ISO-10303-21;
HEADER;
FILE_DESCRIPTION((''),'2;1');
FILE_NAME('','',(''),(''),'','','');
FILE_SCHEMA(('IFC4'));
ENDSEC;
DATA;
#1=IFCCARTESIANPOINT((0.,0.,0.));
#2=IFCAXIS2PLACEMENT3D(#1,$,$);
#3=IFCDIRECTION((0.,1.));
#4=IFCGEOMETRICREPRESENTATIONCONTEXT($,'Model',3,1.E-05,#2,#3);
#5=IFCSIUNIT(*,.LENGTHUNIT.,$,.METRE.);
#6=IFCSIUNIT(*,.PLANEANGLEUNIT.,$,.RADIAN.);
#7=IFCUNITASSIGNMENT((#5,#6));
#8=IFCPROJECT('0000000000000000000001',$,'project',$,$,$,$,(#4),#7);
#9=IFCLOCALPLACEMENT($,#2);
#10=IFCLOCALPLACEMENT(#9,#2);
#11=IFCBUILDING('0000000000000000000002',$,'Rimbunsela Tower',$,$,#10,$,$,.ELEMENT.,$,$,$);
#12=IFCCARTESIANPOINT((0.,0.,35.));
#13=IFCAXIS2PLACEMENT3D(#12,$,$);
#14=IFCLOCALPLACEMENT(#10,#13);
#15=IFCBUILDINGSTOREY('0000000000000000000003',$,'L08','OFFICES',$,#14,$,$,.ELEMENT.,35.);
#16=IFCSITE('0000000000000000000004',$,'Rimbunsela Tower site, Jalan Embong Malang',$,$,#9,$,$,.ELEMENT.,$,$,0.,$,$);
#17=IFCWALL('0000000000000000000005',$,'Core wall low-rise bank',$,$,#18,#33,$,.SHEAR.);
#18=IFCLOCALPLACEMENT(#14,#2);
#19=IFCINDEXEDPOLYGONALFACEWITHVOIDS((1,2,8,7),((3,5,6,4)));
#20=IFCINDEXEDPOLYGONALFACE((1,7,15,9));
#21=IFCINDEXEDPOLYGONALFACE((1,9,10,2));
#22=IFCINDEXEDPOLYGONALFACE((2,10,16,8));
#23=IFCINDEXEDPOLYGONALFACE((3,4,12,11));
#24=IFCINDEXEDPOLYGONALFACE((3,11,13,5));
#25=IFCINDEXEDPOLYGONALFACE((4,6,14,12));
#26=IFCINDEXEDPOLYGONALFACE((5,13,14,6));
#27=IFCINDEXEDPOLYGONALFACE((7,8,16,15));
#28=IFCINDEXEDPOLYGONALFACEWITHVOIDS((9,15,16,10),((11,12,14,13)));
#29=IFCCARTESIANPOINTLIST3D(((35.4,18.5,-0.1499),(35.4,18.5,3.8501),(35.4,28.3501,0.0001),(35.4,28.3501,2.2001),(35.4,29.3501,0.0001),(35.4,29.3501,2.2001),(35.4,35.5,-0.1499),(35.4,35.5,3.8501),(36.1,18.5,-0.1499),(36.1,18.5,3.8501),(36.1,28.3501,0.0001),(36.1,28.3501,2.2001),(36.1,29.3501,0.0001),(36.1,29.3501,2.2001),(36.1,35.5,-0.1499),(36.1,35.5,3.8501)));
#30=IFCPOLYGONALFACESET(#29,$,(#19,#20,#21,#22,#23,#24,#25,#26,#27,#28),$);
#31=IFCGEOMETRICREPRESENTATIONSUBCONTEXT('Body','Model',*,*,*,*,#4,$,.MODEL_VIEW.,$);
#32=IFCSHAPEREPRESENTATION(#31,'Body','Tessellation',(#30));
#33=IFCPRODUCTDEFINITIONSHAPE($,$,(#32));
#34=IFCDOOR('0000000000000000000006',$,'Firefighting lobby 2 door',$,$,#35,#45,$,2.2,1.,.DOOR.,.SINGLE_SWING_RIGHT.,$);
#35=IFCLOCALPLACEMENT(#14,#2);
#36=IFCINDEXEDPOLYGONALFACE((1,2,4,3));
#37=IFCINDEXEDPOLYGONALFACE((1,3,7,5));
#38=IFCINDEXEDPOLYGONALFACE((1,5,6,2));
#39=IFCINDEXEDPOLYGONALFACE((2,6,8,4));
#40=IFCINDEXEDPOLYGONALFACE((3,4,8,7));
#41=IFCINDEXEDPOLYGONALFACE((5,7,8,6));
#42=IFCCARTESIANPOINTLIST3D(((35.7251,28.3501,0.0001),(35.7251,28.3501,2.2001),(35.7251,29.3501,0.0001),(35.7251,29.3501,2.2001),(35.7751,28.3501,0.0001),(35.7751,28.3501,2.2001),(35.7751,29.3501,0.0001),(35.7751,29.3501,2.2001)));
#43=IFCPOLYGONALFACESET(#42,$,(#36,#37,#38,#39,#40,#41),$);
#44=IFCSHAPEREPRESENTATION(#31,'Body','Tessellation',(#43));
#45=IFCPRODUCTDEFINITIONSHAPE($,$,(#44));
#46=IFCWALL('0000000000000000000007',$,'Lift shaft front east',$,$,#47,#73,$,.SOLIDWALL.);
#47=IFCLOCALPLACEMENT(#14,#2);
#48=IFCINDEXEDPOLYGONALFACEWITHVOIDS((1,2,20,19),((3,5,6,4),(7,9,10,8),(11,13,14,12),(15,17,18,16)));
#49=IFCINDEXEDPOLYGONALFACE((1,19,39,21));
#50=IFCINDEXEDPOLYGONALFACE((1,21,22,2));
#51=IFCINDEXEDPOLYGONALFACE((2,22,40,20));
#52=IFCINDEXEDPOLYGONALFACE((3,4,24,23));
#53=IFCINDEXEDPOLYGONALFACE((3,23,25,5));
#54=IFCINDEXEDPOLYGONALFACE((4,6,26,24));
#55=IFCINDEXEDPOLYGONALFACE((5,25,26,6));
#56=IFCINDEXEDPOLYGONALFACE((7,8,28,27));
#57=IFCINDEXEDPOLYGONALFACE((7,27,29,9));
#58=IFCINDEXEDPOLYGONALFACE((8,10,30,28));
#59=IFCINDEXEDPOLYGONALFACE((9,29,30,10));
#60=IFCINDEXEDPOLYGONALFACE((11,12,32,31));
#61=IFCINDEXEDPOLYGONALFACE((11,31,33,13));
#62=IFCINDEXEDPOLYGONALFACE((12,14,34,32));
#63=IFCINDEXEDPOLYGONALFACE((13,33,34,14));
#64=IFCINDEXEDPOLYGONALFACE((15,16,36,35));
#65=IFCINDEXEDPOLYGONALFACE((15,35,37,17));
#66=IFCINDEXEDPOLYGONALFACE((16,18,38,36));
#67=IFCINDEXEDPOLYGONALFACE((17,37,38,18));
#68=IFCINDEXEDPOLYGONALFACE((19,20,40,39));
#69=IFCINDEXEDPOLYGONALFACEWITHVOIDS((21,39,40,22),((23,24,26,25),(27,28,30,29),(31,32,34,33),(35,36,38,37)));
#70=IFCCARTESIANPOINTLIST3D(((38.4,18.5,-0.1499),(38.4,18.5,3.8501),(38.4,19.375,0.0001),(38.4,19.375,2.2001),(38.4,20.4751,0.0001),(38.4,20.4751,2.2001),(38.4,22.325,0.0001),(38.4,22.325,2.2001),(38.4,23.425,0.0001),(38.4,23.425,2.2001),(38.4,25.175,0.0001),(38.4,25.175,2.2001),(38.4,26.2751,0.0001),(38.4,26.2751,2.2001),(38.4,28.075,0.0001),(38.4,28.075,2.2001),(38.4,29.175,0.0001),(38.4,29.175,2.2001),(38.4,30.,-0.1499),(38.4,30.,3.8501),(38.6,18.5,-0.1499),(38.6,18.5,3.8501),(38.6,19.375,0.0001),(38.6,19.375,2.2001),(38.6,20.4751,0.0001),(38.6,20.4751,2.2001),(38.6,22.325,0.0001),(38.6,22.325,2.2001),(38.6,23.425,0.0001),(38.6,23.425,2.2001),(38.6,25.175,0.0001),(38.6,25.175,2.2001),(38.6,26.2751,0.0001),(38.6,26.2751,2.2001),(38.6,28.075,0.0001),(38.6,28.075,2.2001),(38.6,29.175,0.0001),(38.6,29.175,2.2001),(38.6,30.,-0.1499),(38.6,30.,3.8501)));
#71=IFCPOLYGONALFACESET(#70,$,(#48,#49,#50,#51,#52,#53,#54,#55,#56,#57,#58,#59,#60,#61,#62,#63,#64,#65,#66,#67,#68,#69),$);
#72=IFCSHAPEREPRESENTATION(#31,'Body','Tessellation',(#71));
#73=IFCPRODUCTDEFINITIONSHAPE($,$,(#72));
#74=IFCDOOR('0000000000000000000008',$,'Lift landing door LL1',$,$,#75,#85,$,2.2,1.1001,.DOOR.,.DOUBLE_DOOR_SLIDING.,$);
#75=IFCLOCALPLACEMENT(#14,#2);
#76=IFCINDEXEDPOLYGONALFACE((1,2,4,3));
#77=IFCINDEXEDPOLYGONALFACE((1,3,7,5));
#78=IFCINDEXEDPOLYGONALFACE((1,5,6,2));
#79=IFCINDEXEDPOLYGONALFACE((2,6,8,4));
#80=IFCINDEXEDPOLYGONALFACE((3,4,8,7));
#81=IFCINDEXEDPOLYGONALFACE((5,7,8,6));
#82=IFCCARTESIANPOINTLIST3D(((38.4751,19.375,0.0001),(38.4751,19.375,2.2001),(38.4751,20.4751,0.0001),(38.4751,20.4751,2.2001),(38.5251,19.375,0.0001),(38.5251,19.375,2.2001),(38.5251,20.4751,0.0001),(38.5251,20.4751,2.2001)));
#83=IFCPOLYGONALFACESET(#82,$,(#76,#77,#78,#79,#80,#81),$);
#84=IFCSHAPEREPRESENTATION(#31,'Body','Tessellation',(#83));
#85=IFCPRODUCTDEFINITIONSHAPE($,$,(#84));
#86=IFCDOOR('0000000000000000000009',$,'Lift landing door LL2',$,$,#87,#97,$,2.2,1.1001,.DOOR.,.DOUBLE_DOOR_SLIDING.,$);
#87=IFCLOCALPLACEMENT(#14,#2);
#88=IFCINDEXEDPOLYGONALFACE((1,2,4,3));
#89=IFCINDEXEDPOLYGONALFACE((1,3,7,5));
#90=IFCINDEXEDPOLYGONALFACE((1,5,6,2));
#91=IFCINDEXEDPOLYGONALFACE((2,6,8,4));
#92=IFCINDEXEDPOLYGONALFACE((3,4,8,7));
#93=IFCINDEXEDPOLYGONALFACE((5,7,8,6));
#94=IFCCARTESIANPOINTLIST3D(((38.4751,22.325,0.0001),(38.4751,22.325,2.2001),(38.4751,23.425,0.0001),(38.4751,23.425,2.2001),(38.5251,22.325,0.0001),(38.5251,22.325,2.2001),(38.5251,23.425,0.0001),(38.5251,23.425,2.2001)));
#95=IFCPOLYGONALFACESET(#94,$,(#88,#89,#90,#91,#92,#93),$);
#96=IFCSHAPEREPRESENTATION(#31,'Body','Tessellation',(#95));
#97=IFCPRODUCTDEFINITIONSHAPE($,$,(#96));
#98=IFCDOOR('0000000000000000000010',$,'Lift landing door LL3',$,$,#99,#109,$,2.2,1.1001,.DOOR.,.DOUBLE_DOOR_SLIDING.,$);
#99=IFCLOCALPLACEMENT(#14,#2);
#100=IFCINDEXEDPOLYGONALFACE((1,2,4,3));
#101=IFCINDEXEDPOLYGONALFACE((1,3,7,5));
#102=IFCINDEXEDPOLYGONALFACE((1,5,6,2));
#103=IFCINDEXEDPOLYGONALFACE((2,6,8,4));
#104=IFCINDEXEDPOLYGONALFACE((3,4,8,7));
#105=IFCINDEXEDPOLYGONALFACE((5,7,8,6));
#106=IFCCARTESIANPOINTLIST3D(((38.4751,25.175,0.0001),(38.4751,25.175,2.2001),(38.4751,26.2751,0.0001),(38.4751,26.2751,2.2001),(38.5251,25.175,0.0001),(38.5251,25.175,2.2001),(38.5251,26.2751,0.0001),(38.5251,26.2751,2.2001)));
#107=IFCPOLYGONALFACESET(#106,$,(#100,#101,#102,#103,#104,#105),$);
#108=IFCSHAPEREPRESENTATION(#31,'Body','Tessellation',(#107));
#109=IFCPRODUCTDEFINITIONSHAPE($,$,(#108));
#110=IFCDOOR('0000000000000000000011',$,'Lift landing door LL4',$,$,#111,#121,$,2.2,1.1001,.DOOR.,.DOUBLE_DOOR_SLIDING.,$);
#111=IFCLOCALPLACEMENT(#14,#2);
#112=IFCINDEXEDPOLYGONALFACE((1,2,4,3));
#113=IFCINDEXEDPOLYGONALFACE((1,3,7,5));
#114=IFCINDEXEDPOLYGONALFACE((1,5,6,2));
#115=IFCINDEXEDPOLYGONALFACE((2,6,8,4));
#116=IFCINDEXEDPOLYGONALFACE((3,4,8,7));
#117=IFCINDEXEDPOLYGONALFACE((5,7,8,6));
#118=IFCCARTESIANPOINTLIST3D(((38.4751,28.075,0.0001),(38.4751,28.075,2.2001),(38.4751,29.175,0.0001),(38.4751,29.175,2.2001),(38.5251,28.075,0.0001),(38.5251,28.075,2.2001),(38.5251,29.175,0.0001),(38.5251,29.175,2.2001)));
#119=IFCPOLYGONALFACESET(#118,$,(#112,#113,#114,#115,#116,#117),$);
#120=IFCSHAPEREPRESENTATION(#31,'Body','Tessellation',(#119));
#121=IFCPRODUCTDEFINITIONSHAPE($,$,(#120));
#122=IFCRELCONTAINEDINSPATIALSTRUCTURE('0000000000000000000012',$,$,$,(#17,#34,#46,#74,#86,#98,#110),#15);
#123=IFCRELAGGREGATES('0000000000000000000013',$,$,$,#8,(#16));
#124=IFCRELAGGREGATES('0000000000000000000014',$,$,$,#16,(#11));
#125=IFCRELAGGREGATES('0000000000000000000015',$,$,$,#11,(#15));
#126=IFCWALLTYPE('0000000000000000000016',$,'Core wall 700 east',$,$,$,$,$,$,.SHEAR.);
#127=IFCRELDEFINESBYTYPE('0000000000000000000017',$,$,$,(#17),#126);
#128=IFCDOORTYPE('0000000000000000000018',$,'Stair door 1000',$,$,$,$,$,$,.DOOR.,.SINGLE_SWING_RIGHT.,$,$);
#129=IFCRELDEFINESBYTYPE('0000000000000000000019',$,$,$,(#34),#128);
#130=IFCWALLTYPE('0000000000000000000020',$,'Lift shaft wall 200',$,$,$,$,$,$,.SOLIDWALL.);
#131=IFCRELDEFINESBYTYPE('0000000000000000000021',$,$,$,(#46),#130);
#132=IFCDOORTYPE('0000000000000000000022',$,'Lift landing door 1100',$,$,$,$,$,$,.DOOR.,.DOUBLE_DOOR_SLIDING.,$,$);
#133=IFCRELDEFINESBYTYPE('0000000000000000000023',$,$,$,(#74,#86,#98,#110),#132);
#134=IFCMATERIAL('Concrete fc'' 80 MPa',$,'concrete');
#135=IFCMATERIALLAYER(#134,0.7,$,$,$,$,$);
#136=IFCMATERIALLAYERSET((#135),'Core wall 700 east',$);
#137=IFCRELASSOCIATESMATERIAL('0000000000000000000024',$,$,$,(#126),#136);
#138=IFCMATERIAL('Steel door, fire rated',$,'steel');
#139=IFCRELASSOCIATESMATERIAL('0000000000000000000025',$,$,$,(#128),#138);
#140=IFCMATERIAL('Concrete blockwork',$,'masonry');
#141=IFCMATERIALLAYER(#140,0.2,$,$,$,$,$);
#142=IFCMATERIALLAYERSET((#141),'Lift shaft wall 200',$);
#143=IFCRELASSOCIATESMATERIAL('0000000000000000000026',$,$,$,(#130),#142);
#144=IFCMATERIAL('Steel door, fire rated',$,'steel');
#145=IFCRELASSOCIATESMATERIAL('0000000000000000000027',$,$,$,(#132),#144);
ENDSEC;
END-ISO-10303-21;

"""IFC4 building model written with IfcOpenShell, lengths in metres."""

from ifc_helpers import new_model, si_unit, direction, frame, frame_2d, origin, place, context, subcontext, project, spatial, rectangle, extrude, material, layer, layer_set, type_object, element, fill, save


model = new_model("IFC4")

# Units and contexts
model_context = context("Model", 3, precision=1e-05, world=origin(), true_north=direction((0.0, 1.0)))
body_context = subcontext(model_context, "Body", "Model", "MODEL_VIEW")
ifc_project = project(units=[si_unit("LENGTHUNIT", "METRE"), si_unit("PLANEANGLEUNIT", "RADIAN")], contexts=[model_context])

# Site, building, storey
site_placement = place(None, origin())
site = spatial("IfcSite", under=ifc_project, at=site_placement, Name="Rimbunsela Tower site, Jalan Embong Malang", CompositionType="ELEMENT", RefElevation=0.0)
building_placement = place(site_placement, origin())
building = spatial("IfcBuilding", under=site, at=building_placement, Name="Rimbunsela Tower", CompositionType="ELEMENT")
storey_placement = place(building_placement, frame((0.0, 0.0, 35.0)))
storey = spatial("IfcBuildingStorey", under=building, at=storey_placement, Name="L08", Description="OFFICES", CompositionType="ELEMENT", Elevation=35.0)

# Wall, opening, door
ifc_material_1 = material(Name="Concrete fc' 80 MPa", Category="concrete")
ifc_layer_1 = layer(ifc_material_1, 0.7)
ifc_layer_set_1 = layer_set([ifc_layer_1], Name="Core wall 700 east")
wall_type_1 = type_object("IfcWallType", Name="Core wall 700 east", PredefinedType="SHEAR", material=ifc_layer_set_1)
wall_1_placement = place(storey_placement, frame((35.75, 18.5, -0.1499), z_axis=(0.0, 0.0, 1.0), x_axis=(0.0, 1.0, 0.0)))
wall_1 = element("IfcWall", 1, at=wall_1_placement, inside=storey, type_object=wall_type_1, Name="Core wall low-rise bank", PredefinedType="SHEAR", context=body_context, shape_type="SweptSolid", body=[
    extrude(rectangle(XDim=17.0, YDim=0.7, at=frame_2d((8.5, 0.0))), origin(), (0.0, 0.0, 1.0), 4.0),
])
opening_1_placement = place(wall_1_placement, frame((9.8501, 0.0, 0.1499)))
opening_1 = element("IfcOpeningElement", 2, at=opening_1_placement, cuts=wall_1, PredefinedType="OPENING", context=body_context, shape_type="SweptSolid", body=[
    extrude(rectangle(XDim=1.0, YDim=2.2, at=frame_2d((0.5, 1.1001))), frame((0.0, 0.3599, 0.0), z_axis=(0.0, -1.0, 0.0), x_axis=(1.0, 0.0, 0.0)), (0.0, 0.0, 1.0), 0.72),
])
ifc_material_2 = material(Name="Steel door, fire rated", Category="steel")
door_type_1 = type_object("IfcDoorType", Name="Stair door 1000", OperationType="SINGLE_SWING_RIGHT", PredefinedType="DOOR", material=ifc_material_2)
door_1_placement = place(opening_1_placement, origin())
door_1 = element("IfcDoor", 3, at=door_1_placement, inside=storey, type_object=door_type_1, Name="Firefighting lobby 2 door", OperationType="SINGLE_SWING_RIGHT", OverallHeight=2.2, OverallWidth=1.0, PredefinedType="DOOR", context=body_context, shape_type="SweptSolid", body=[
    extrude(rectangle(XDim=1.0, YDim=2.2, at=frame_2d((0.5, 1.1001))), frame((0.0, 0.0249, 0.0), z_axis=(0.0, -1.0, 0.0), x_axis=(1.0, 0.0, 0.0)), (0.0, 0.0, 1.0), 0.05),
])
fill(opening_1, door_1)

# Wall, openings, doors
ifc_material_3 = material(Name="Concrete blockwork", Category="masonry")
ifc_layer_2 = layer(ifc_material_3, 0.2)
ifc_layer_set_2 = layer_set([ifc_layer_2], Name="Lift shaft wall 200")
wall_type_2 = type_object("IfcWallType", Name="Lift shaft wall 200", PredefinedType="SOLIDWALL", material=ifc_layer_set_2)
wall_2_placement = place(storey_placement, frame((38.5, 18.5, -0.1499), z_axis=(0.0, 0.0, 1.0), x_axis=(0.0, 1.0, 0.0)))
wall_2 = element("IfcWall", 4, at=wall_2_placement, inside=storey, type_object=wall_type_2, Name="Lift shaft front east", PredefinedType="SOLIDWALL", context=body_context, shape_type="SweptSolid", body=[
    extrude(rectangle(XDim=11.5, YDim=0.2, at=frame_2d((5.75, 0.0))), origin(), (0.0, 0.0, 1.0), 4.0),
])
opening_2_placement = place(wall_2_placement, frame((0.875, 0.0, 0.1499)))
opening_2 = element("IfcOpeningElement", 5, at=opening_2_placement, cuts=wall_2, PredefinedType="OPENING", context=body_context, shape_type="SweptSolid", body=[
    extrude(rectangle(XDim=1.1001, YDim=2.2, at=frame_2d((0.55, 1.1001))), frame((0.0, 0.1099, 0.0), z_axis=(0.0, -1.0, 0.0), x_axis=(1.0, 0.0, 0.0)), (0.0, 0.0, 1.0), 0.22),
])
opening_3_placement = place(wall_2_placement, frame((3.825, 0.0, 0.1499)))
opening_3 = element("IfcOpeningElement", 6, at=opening_3_placement, cuts=wall_2, PredefinedType="OPENING", context=body_context, shape_type="SweptSolid", body=[
    extrude(rectangle(XDim=1.1001, YDim=2.2, at=frame_2d((0.55, 1.1001))), frame((0.0, 0.1099, 0.0), z_axis=(0.0, -1.0, 0.0), x_axis=(1.0, 0.0, 0.0)), (0.0, 0.0, 1.0), 0.22),
])
opening_4_placement = place(wall_2_placement, frame((6.675, 0.0, 0.1499)))
opening_4 = element("IfcOpeningElement", 7, at=opening_4_placement, cuts=wall_2, PredefinedType="OPENING", context=body_context, shape_type="SweptSolid", body=[
    extrude(rectangle(XDim=1.1001, YDim=2.2, at=frame_2d((0.55, 1.1001))), frame((0.0, 0.1099, 0.0), z_axis=(0.0, -1.0, 0.0), x_axis=(1.0, 0.0, 0.0)), (0.0, 0.0, 1.0), 0.22),
])
opening_5_placement = place(wall_2_placement, frame((9.575, 0.0, 0.1499)))
opening_5 = element("IfcOpeningElement", 8, at=opening_5_placement, cuts=wall_2, PredefinedType="OPENING", context=body_context, shape_type="SweptSolid", body=[
    extrude(rectangle(XDim=1.1001, YDim=2.2, at=frame_2d((0.55, 1.1001))), frame((0.0, 0.1099, 0.0), z_axis=(0.0, -1.0, 0.0), x_axis=(1.0, 0.0, 0.0)), (0.0, 0.0, 1.0), 0.22),
])
ifc_material_4 = material(Name="Steel door, fire rated", Category="steel")
door_type_2 = type_object("IfcDoorType", Name="Lift landing door 1100", OperationType="DOUBLE_DOOR_SLIDING", PredefinedType="DOOR", material=ifc_material_4)
door_2_placement = place(opening_2_placement, origin())
door_2 = element("IfcDoor", 9, at=door_2_placement, inside=storey, type_object=door_type_2, Name="Lift landing door LL1", OperationType="DOUBLE_DOOR_SLIDING", OverallHeight=2.2, OverallWidth=1.1001, PredefinedType="DOOR", context=body_context, shape_type="SweptSolid", body=[
    extrude(rectangle(XDim=1.1001, YDim=2.2, at=frame_2d((0.55, 1.1001))), frame((0.0, 0.0249, 0.0), z_axis=(0.0, -1.0, 0.0), x_axis=(1.0, 0.0, 0.0)), (0.0, 0.0, 1.0), 0.05),
])
fill(opening_2, door_2)
door_3_placement = place(opening_3_placement, origin())
door_3 = element("IfcDoor", 10, at=door_3_placement, inside=storey, type_object=door_type_2, Name="Lift landing door LL2", OperationType="DOUBLE_DOOR_SLIDING", OverallHeight=2.2, OverallWidth=1.1001, PredefinedType="DOOR", context=body_context, shape_type="SweptSolid", body=[
    extrude(rectangle(XDim=1.1001, YDim=2.2, at=frame_2d((0.55, 1.1001))), frame((0.0, 0.0249, 0.0), z_axis=(0.0, -1.0, 0.0), x_axis=(1.0, 0.0, 0.0)), (0.0, 0.0, 1.0), 0.05),
])
fill(opening_3, door_3)
door_4_placement = place(opening_4_placement, origin())
door_4 = element("IfcDoor", 11, at=door_4_placement, inside=storey, type_object=door_type_2, Name="Lift landing door LL3", OperationType="DOUBLE_DOOR_SLIDING", OverallHeight=2.2, OverallWidth=1.1001, PredefinedType="DOOR", context=body_context, shape_type="SweptSolid", body=[
    extrude(rectangle(XDim=1.1001, YDim=2.2, at=frame_2d((0.55, 1.1001))), frame((0.0, 0.0249, 0.0), z_axis=(0.0, -1.0, 0.0), x_axis=(1.0, 0.0, 0.0)), (0.0, 0.0, 1.0), 0.05),
])
fill(opening_4, door_4)
door_5_placement = place(opening_5_placement, origin())
door_5 = element("IfcDoor", 12, at=door_5_placement, inside=storey, type_object=door_type_2, Name="Lift landing door LL4", OperationType="DOUBLE_DOOR_SLIDING", OverallHeight=2.2, OverallWidth=1.1001, PredefinedType="DOOR", context=body_context, shape_type="SweptSolid", body=[
    extrude(rectangle(XDim=1.1001, YDim=2.2, at=frame_2d((0.55, 1.1001))), frame((0.0, 0.0249, 0.0), z_axis=(0.0, -1.0, 0.0), x_axis=(1.0, 0.0, 0.0)), (0.0, 0.0, 1.0), 0.05),
])
fill(opening_5, door_5)

save(model, "model.ifc")
